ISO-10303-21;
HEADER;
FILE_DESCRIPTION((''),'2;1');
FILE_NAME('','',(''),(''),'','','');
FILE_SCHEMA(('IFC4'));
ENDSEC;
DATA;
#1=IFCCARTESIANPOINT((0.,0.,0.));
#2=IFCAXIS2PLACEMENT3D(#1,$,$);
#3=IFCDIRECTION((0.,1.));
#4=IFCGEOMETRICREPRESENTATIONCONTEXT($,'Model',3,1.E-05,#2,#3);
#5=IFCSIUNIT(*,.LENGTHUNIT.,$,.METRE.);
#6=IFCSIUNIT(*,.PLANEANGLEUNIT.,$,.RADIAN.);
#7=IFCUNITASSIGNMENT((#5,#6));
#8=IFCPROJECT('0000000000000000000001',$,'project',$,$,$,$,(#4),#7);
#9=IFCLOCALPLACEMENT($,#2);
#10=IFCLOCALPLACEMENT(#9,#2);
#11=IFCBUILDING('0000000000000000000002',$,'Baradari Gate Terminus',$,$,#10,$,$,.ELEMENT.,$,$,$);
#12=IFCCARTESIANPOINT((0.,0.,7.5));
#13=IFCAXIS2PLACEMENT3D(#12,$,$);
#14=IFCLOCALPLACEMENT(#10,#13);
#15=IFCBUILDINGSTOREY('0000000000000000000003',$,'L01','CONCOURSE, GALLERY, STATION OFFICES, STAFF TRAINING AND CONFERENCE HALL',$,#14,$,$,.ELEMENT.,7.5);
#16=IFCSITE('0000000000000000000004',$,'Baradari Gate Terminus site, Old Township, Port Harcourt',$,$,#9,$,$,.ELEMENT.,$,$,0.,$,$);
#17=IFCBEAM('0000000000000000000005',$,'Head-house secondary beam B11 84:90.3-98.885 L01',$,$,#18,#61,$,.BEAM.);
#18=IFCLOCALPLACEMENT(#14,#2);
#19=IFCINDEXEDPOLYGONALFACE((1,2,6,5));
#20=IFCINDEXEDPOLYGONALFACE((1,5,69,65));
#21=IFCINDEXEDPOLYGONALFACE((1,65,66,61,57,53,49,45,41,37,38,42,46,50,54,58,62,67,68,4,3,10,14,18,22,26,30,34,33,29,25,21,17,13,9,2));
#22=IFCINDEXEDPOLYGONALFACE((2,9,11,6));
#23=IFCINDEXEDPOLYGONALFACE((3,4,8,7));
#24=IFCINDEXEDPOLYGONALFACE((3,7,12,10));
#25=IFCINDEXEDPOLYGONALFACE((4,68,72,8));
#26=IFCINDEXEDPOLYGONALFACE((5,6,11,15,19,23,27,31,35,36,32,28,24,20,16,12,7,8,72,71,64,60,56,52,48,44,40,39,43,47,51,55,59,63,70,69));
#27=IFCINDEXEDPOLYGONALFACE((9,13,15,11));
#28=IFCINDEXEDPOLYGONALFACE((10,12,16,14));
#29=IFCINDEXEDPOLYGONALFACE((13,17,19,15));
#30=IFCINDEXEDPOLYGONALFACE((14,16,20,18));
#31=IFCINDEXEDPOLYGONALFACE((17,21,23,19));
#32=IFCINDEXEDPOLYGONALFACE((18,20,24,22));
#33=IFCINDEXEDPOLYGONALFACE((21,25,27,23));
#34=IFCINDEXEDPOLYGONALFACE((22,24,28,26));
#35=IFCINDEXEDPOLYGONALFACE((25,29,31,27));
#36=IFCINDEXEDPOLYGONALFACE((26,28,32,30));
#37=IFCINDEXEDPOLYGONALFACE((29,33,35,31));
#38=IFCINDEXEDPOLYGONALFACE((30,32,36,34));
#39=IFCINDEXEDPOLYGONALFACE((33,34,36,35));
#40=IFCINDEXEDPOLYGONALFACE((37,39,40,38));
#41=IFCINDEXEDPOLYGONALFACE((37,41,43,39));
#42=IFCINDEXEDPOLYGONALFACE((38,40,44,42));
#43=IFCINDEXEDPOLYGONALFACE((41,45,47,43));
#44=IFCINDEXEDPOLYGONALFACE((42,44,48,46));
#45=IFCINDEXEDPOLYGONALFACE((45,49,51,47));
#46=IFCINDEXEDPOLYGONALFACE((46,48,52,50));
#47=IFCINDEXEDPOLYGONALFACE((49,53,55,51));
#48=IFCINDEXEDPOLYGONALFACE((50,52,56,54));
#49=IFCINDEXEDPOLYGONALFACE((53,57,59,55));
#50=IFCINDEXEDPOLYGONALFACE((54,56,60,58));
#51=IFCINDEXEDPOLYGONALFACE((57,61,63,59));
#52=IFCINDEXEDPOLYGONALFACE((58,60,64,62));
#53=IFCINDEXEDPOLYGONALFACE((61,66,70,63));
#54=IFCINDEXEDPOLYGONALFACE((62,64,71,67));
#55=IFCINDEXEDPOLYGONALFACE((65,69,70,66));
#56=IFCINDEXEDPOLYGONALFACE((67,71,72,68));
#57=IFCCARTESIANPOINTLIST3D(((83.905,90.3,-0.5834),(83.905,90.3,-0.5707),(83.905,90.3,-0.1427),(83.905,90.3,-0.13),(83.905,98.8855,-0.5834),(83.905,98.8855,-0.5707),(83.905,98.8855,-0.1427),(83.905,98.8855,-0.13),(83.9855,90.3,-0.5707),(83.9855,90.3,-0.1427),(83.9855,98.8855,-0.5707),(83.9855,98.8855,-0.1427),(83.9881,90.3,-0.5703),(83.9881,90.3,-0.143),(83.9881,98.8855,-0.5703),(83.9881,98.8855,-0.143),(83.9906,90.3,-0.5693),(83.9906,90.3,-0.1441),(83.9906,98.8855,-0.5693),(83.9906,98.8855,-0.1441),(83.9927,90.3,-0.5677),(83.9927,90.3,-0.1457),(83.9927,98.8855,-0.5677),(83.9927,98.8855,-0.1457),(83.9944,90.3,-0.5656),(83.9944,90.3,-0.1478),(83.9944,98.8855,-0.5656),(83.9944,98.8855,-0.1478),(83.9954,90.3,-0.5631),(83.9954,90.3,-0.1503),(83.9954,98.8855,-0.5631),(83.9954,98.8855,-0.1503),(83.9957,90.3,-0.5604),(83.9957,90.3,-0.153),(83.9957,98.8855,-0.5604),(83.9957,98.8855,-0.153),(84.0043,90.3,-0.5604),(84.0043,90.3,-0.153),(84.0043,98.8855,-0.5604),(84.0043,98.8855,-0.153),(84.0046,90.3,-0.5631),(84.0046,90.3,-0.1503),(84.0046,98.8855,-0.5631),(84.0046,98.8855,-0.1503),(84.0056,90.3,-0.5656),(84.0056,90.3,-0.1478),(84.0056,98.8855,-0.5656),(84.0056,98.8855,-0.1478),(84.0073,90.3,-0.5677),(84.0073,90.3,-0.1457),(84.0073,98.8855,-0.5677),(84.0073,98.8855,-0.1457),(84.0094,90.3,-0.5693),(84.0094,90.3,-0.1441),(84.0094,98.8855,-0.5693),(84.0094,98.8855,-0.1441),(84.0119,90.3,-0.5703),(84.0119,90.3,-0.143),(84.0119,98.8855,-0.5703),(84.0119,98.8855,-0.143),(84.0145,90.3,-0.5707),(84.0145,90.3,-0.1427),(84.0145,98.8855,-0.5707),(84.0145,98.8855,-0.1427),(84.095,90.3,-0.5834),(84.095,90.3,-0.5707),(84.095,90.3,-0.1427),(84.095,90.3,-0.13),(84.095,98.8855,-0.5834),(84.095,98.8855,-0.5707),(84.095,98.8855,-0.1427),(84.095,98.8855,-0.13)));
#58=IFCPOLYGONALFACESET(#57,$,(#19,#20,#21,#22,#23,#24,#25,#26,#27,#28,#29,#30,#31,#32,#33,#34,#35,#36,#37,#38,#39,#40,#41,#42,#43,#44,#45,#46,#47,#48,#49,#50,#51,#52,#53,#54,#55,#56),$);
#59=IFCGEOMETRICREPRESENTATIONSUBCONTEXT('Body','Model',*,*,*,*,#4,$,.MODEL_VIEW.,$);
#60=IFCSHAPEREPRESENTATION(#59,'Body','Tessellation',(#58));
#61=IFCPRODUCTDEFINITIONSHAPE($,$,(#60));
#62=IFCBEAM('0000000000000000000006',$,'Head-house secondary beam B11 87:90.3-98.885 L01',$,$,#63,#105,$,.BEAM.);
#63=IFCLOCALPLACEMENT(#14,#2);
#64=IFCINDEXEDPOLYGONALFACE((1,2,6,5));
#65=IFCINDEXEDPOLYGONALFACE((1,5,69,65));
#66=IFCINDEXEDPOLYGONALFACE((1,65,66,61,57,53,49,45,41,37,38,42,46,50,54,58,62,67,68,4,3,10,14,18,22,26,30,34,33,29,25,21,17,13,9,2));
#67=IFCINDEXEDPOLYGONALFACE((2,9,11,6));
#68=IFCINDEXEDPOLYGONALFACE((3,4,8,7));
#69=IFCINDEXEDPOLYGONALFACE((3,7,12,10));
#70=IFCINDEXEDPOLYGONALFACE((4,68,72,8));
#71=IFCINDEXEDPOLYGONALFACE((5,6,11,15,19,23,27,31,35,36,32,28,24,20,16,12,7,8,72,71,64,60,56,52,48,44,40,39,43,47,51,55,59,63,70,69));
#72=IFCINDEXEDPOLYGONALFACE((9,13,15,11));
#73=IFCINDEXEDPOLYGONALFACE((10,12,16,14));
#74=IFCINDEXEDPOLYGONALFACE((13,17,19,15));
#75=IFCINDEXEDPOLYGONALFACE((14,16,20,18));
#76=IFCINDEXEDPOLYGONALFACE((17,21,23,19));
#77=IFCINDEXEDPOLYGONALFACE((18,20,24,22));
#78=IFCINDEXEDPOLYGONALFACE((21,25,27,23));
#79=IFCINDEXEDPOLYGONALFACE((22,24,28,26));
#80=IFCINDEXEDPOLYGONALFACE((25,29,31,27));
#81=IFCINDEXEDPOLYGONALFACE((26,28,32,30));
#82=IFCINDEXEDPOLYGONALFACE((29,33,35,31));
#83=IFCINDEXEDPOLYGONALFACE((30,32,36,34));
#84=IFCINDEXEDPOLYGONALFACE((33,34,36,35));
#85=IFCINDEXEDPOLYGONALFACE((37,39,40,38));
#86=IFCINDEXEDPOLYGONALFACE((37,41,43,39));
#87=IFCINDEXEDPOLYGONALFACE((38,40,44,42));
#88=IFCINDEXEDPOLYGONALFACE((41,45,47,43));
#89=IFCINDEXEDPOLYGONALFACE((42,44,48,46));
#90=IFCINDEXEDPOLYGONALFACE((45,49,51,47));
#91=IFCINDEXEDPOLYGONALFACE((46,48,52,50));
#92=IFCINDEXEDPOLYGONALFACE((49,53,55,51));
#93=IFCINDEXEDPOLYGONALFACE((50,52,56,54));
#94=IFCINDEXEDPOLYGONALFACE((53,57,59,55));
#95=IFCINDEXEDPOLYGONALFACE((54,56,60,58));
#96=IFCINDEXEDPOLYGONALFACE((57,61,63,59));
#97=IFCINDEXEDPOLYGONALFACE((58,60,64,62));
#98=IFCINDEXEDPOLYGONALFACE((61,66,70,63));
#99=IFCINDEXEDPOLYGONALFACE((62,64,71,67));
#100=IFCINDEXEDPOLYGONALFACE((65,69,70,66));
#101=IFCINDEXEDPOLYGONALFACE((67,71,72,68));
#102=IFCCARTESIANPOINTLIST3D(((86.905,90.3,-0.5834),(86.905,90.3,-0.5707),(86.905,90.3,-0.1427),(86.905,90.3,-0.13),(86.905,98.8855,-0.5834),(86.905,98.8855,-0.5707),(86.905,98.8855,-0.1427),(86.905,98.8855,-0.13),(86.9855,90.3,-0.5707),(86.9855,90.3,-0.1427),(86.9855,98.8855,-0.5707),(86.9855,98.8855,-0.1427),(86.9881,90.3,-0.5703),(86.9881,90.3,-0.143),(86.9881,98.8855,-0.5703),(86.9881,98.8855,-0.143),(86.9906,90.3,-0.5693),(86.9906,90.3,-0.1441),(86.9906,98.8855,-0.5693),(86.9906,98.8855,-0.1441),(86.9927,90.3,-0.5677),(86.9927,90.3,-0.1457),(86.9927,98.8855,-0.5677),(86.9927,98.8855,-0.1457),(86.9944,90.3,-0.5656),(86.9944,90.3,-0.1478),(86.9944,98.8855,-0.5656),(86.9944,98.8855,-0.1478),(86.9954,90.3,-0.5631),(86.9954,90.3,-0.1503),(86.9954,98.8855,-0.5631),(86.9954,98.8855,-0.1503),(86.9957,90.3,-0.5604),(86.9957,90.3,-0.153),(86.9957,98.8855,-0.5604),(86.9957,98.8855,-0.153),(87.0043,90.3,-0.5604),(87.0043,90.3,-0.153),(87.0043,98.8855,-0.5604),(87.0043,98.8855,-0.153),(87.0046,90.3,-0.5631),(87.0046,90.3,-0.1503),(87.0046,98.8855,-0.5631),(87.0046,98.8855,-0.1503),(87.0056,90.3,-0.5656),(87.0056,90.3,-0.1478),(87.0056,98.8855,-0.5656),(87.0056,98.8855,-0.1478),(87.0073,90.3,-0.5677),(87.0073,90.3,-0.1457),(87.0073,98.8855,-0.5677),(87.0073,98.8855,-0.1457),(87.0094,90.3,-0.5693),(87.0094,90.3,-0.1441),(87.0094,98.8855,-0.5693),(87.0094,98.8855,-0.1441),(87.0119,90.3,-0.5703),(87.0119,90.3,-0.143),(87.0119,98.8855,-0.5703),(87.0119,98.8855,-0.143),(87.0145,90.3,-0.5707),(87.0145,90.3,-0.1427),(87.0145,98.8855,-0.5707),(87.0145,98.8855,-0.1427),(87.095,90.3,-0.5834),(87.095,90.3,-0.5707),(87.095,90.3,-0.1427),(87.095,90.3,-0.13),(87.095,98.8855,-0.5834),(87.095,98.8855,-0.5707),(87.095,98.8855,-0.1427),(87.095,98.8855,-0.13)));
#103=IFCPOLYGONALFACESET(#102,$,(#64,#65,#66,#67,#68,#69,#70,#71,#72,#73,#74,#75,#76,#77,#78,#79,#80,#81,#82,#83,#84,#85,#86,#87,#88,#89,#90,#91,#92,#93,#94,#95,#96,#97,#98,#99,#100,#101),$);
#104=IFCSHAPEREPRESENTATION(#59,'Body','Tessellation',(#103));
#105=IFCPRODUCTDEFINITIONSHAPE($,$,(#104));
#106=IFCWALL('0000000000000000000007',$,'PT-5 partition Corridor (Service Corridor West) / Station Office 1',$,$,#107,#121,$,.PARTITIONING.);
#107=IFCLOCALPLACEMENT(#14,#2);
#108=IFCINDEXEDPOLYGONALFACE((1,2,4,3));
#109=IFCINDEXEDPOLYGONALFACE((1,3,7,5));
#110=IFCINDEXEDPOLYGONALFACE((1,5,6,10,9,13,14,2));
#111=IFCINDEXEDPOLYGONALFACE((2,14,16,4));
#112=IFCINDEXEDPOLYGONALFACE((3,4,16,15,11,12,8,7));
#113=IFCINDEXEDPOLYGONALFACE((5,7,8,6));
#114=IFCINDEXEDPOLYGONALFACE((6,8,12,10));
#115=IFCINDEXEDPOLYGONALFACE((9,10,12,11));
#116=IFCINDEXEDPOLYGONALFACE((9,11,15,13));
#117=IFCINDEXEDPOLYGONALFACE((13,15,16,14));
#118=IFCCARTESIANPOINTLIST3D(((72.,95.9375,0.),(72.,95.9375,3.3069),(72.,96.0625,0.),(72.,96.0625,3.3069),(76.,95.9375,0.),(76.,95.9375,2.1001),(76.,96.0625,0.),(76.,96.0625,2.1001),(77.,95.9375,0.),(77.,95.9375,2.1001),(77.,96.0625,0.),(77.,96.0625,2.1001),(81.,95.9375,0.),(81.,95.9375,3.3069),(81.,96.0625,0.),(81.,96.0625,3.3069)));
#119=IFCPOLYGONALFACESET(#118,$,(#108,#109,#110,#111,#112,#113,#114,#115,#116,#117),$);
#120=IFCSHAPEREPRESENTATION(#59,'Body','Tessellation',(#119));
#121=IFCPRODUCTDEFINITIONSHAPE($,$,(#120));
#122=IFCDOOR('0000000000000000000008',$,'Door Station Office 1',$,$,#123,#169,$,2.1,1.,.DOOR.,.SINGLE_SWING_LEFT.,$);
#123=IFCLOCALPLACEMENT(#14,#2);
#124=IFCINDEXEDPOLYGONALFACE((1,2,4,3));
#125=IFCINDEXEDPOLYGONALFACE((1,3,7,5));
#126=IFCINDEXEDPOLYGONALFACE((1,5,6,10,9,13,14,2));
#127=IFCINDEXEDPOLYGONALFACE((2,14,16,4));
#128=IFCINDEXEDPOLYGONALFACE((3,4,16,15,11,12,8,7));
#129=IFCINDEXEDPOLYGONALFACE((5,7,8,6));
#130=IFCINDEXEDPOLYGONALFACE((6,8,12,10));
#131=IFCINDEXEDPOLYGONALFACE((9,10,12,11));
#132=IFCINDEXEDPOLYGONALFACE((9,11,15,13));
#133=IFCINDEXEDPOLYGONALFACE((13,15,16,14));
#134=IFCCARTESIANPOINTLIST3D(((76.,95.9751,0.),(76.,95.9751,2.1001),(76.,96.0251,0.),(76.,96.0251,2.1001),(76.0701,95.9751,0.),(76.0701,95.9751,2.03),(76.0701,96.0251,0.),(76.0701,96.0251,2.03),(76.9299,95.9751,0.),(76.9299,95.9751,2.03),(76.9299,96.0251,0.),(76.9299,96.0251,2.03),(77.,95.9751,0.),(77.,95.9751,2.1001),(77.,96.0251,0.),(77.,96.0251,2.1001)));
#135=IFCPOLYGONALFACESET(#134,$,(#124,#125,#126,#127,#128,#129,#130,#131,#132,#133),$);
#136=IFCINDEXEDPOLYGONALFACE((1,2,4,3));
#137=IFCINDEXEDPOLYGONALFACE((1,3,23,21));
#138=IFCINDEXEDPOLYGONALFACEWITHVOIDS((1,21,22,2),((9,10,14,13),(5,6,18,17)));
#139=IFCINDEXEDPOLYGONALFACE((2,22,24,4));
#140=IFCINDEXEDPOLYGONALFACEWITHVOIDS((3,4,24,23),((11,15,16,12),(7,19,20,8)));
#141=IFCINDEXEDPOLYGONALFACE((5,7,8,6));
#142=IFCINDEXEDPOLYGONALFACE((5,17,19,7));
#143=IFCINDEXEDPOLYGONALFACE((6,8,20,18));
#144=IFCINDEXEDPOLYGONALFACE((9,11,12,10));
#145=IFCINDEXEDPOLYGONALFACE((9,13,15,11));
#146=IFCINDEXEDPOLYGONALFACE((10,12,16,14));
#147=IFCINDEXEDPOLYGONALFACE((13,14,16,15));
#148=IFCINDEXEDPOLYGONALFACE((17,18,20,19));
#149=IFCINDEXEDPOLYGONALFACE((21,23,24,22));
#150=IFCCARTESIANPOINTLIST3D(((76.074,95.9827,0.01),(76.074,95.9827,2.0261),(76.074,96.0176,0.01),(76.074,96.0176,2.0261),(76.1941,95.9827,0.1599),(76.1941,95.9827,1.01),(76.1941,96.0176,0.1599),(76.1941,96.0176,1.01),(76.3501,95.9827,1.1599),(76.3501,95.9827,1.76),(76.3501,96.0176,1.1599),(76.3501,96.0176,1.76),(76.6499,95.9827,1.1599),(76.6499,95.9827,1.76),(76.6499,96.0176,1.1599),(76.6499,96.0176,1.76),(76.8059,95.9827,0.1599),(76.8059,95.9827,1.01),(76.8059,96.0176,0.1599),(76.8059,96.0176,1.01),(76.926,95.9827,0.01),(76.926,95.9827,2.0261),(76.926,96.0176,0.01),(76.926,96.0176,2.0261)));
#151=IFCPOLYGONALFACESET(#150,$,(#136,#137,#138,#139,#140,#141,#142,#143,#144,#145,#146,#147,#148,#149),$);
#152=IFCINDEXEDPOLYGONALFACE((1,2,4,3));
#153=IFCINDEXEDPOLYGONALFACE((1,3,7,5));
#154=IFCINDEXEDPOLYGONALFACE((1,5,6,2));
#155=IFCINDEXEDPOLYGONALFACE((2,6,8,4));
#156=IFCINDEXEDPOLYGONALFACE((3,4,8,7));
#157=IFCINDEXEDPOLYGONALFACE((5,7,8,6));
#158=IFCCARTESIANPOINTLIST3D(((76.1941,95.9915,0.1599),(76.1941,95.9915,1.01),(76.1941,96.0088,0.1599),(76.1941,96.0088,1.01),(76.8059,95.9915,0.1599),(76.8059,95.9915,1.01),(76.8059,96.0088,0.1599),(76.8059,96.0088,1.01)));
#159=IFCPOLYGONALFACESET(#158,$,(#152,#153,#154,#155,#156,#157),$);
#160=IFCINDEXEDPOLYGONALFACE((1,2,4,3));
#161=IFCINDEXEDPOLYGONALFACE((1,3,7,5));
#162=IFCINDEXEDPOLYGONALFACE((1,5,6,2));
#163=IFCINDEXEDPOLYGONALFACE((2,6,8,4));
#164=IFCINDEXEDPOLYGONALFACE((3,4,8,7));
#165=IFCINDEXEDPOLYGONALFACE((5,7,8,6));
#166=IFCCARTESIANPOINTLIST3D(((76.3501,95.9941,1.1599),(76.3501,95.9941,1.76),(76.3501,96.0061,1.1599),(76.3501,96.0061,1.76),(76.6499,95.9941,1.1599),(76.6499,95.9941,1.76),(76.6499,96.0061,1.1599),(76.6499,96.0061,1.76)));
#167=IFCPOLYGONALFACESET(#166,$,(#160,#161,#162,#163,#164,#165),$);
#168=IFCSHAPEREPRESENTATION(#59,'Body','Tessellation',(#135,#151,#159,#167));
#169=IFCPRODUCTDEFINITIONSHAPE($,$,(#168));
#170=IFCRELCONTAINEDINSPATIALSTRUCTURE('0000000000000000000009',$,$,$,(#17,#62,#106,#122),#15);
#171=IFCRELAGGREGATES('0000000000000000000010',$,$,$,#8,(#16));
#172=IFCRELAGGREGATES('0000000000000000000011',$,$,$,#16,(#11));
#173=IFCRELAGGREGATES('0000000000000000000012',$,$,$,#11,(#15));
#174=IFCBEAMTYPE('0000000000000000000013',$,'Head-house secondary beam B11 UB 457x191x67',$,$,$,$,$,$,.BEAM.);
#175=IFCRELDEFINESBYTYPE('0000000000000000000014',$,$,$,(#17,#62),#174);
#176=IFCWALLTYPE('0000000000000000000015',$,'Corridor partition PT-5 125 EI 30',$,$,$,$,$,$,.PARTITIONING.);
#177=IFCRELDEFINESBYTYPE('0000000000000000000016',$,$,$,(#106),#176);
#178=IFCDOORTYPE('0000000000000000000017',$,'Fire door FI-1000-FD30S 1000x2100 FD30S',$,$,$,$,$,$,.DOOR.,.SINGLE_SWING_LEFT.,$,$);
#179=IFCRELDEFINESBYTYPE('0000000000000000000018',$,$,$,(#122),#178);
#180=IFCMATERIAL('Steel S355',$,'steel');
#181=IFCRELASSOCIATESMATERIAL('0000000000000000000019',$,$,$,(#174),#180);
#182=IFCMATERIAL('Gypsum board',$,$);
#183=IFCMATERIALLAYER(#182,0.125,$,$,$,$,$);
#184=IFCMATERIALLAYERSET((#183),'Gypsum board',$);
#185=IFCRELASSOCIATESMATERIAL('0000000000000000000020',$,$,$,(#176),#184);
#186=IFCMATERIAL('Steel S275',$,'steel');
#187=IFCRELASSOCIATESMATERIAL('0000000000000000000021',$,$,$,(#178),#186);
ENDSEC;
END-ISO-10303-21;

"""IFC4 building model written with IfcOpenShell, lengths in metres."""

from ifc_helpers import new_model, si_unit, direction, frame, frame_2d, origin, origin_2d, place, context, subcontext, project, spatial, polyline, rectangle, i_section, outline, extrude, material, layer, layer_set, material_profile, profile_set, type_object, element, fill, save


model = new_model("IFC4")

# Units and contexts
model_context = context("Model", 3, precision=1e-05, world=origin(), true_north=direction((0.0, 1.0)))
body_context = subcontext(model_context, "Body", "Model", "MODEL_VIEW")
ifc_project = project(units=[si_unit("LENGTHUNIT", "METRE"), si_unit("PLANEANGLEUNIT", "RADIAN")], contexts=[model_context])

# Site, building, storey
site_placement = place(None, origin())
site = spatial("IfcSite", under=ifc_project, at=site_placement, Name="Baradari Gate Terminus site, Old Township, Port Harcourt", CompositionType="ELEMENT", RefElevation=0.0)
building_placement = place(site_placement, origin())
building = spatial("IfcBuilding", under=site, at=building_placement, Name="Baradari Gate Terminus", CompositionType="ELEMENT")
storey_placement = place(building_placement, frame((0.0, 0.0, 7.5)))
storey = spatial("IfcBuildingStorey", under=building, at=storey_placement, Name="L01", Description="CONCOURSE, GALLERY, STATION OFFICES, STAFF TRAINING AND CONFERENCE HALL", CompositionType="ELEMENT", Elevation=7.5)

# Beams
ifc_material_1 = material(Name="Steel S355", Category="steel")
ifc_material_profile_1 = material_profile(ifc_material_1, i_section(OverallWidth=0.1899, OverallDepth=0.4534, WebThickness=0.0085, FlangeThickness=0.0127, FilletRadius=0.0103, at=origin_2d()), Name="UB 457x191x67")
ifc_profile_set_1 = profile_set([ifc_material_profile_1], Name="Steel S355")
beam_type_1 = type_object("IfcBeamType", Name="Head-house secondary beam B11 UB 457x191x67", PredefinedType="BEAM", material=ifc_profile_set_1)
for number, where, z_axis, x_axis, name in (
    (1, (84.0, 90.3, -0.3567), (0.0, 1.0, 0.0), (-1.0, 0.0, 0.0), "Head-house secondary beam B11 84:90.3-98.885 L01"),
    (2, (87.0, 90.3, -0.3567), (0.0, 1.0, 0.0), (-1.0, 0.0, 0.0), "Head-house secondary beam B11 87:90.3-98.885 L01"),
):
    element("IfcBeam", number, at=place(storey_placement, frame(where, z_axis=z_axis, x_axis=x_axis)), inside=storey, type_object=beam_type_1, Name=name, PredefinedType="BEAM", context=body_context, shape_type="SweptSolid", body=[
        extrude(i_section(OverallWidth=0.1899, OverallDepth=0.4534, WebThickness=0.0085, FlangeThickness=0.0127, FilletRadius=0.0103, at=origin_2d()), origin(), (0.0, 0.0, 1.0), 8.5854),
    ])

# Wall, opening, door
ifc_material_2 = material(Name="Gypsum board")
ifc_layer_1 = layer(ifc_material_2, 0.125)
ifc_layer_set_1 = layer_set([ifc_layer_1], Name="Gypsum board")
wall_type_1 = type_object("IfcWallType", Name="Corridor partition PT-5 125 EI 30", PredefinedType="PARTITIONING", material=ifc_layer_set_1)
wall_1_placement = place(storey_placement, frame((81.0, 96.0, 0.0), z_axis=(0.0, 0.0, 1.0), x_axis=(-1.0, 0.0, 0.0)))
wall_1 = element("IfcWall", 3, at=wall_1_placement, inside=storey, type_object=wall_type_1, Name="PT-5 partition Corridor (Service Corridor West) / Station Office 1", PredefinedType="PARTITIONING", context=body_context, shape_type="SweptSolid", body=[
    extrude(rectangle(XDim=9.0, YDim=0.125, at=frame_2d((4.5, 0.0))), origin(), (0.0, 0.0, 1.0), 3.3069),
])
opening_1_placement = place(wall_1_placement, frame((4.0, 0.0, 0.0)))
opening_1 = element("IfcOpeningElement", 4, at=opening_1_placement, cuts=wall_1, PredefinedType="OPENING", context=body_context, shape_type="SweptSolid", body=[
    extrude(rectangle(XDim=1.0, YDim=2.1001, at=frame_2d((0.5, 1.05))), frame((0.0, 0.0725, 0.0), z_axis=(0.0, -1.0, 0.0), x_axis=(1.0, 0.0, 0.0)), (0.0, 0.0, 1.0), 0.145),
])
ifc_material_3 = material(Name="Steel S275", Category="steel")
door_type_1 = type_object("IfcDoorType", Name="Fire door FI-1000-FD30S 1000x2100 FD30S", OperationType="SINGLE_SWING_LEFT", PredefinedType="DOOR", material=ifc_material_3)
door_1_placement = place(opening_1_placement, origin())
door_1 = element("IfcDoor", 5, at=door_1_placement, inside=storey, type_object=door_type_1, Name="Door Station Office 1", OperationType="SINGLE_SWING_LEFT", OverallHeight=2.1, OverallWidth=1.0, PredefinedType="DOOR", context=body_context, shape_type="SweptSolid", body=[
    extrude(outline(polyline([(0.0, 0.0), (0.0701, 0.0), (0.0701, 2.03), (0.9299, 2.03), (0.9299, 0.0), (1.0, 0.0), (1.0, 2.1001), (0.0, 2.1001), (0.0, 0.0)])), frame((0.0, 0.0249, 0.0), z_axis=(0.0, -1.0, 0.0), x_axis=(1.0, 0.0, 0.0)), (0.0, 0.0, 1.0), 0.05),
    extrude(outline(polyline([(0.074, 0.01), (0.926, 0.01), (0.926, 2.0261), (0.074, 2.0261), (0.074, 0.01)]), holes=[polyline([(0.1941, 0.1599), (0.8059, 0.1599), (0.8059, 1.01), (0.1941, 1.01), (0.1941, 0.1599)]), polyline([(0.3501, 1.1599), (0.6499, 1.1599), (0.6499, 1.76), (0.3501, 1.76), (0.3501, 1.1599)])]), frame((0.0, 0.0173, 0.0), z_axis=(0.0, -1.0, 0.0), x_axis=(1.0, 0.0, 0.0)), (0.0, 0.0, 1.0), 0.0349),
    extrude(rectangle(XDim=0.6118, YDim=0.8501, at=frame_2d((0.5, 0.585))), frame((0.0, 0.0085, 0.0), z_axis=(0.0, -1.0, 0.0), x_axis=(1.0, 0.0, 0.0)), (0.0, 0.0, 1.0), 0.0173),
    extrude(rectangle(XDim=0.2998, YDim=0.6001, at=frame_2d((0.5, 1.46))), frame((0.0, 0.0059, 0.0), z_axis=(0.0, -1.0, 0.0), x_axis=(1.0, 0.0, 0.0)), (0.0, 0.0, 1.0), 0.012),
])
fill(opening_1, door_1)

save(model, "model.ifc")
